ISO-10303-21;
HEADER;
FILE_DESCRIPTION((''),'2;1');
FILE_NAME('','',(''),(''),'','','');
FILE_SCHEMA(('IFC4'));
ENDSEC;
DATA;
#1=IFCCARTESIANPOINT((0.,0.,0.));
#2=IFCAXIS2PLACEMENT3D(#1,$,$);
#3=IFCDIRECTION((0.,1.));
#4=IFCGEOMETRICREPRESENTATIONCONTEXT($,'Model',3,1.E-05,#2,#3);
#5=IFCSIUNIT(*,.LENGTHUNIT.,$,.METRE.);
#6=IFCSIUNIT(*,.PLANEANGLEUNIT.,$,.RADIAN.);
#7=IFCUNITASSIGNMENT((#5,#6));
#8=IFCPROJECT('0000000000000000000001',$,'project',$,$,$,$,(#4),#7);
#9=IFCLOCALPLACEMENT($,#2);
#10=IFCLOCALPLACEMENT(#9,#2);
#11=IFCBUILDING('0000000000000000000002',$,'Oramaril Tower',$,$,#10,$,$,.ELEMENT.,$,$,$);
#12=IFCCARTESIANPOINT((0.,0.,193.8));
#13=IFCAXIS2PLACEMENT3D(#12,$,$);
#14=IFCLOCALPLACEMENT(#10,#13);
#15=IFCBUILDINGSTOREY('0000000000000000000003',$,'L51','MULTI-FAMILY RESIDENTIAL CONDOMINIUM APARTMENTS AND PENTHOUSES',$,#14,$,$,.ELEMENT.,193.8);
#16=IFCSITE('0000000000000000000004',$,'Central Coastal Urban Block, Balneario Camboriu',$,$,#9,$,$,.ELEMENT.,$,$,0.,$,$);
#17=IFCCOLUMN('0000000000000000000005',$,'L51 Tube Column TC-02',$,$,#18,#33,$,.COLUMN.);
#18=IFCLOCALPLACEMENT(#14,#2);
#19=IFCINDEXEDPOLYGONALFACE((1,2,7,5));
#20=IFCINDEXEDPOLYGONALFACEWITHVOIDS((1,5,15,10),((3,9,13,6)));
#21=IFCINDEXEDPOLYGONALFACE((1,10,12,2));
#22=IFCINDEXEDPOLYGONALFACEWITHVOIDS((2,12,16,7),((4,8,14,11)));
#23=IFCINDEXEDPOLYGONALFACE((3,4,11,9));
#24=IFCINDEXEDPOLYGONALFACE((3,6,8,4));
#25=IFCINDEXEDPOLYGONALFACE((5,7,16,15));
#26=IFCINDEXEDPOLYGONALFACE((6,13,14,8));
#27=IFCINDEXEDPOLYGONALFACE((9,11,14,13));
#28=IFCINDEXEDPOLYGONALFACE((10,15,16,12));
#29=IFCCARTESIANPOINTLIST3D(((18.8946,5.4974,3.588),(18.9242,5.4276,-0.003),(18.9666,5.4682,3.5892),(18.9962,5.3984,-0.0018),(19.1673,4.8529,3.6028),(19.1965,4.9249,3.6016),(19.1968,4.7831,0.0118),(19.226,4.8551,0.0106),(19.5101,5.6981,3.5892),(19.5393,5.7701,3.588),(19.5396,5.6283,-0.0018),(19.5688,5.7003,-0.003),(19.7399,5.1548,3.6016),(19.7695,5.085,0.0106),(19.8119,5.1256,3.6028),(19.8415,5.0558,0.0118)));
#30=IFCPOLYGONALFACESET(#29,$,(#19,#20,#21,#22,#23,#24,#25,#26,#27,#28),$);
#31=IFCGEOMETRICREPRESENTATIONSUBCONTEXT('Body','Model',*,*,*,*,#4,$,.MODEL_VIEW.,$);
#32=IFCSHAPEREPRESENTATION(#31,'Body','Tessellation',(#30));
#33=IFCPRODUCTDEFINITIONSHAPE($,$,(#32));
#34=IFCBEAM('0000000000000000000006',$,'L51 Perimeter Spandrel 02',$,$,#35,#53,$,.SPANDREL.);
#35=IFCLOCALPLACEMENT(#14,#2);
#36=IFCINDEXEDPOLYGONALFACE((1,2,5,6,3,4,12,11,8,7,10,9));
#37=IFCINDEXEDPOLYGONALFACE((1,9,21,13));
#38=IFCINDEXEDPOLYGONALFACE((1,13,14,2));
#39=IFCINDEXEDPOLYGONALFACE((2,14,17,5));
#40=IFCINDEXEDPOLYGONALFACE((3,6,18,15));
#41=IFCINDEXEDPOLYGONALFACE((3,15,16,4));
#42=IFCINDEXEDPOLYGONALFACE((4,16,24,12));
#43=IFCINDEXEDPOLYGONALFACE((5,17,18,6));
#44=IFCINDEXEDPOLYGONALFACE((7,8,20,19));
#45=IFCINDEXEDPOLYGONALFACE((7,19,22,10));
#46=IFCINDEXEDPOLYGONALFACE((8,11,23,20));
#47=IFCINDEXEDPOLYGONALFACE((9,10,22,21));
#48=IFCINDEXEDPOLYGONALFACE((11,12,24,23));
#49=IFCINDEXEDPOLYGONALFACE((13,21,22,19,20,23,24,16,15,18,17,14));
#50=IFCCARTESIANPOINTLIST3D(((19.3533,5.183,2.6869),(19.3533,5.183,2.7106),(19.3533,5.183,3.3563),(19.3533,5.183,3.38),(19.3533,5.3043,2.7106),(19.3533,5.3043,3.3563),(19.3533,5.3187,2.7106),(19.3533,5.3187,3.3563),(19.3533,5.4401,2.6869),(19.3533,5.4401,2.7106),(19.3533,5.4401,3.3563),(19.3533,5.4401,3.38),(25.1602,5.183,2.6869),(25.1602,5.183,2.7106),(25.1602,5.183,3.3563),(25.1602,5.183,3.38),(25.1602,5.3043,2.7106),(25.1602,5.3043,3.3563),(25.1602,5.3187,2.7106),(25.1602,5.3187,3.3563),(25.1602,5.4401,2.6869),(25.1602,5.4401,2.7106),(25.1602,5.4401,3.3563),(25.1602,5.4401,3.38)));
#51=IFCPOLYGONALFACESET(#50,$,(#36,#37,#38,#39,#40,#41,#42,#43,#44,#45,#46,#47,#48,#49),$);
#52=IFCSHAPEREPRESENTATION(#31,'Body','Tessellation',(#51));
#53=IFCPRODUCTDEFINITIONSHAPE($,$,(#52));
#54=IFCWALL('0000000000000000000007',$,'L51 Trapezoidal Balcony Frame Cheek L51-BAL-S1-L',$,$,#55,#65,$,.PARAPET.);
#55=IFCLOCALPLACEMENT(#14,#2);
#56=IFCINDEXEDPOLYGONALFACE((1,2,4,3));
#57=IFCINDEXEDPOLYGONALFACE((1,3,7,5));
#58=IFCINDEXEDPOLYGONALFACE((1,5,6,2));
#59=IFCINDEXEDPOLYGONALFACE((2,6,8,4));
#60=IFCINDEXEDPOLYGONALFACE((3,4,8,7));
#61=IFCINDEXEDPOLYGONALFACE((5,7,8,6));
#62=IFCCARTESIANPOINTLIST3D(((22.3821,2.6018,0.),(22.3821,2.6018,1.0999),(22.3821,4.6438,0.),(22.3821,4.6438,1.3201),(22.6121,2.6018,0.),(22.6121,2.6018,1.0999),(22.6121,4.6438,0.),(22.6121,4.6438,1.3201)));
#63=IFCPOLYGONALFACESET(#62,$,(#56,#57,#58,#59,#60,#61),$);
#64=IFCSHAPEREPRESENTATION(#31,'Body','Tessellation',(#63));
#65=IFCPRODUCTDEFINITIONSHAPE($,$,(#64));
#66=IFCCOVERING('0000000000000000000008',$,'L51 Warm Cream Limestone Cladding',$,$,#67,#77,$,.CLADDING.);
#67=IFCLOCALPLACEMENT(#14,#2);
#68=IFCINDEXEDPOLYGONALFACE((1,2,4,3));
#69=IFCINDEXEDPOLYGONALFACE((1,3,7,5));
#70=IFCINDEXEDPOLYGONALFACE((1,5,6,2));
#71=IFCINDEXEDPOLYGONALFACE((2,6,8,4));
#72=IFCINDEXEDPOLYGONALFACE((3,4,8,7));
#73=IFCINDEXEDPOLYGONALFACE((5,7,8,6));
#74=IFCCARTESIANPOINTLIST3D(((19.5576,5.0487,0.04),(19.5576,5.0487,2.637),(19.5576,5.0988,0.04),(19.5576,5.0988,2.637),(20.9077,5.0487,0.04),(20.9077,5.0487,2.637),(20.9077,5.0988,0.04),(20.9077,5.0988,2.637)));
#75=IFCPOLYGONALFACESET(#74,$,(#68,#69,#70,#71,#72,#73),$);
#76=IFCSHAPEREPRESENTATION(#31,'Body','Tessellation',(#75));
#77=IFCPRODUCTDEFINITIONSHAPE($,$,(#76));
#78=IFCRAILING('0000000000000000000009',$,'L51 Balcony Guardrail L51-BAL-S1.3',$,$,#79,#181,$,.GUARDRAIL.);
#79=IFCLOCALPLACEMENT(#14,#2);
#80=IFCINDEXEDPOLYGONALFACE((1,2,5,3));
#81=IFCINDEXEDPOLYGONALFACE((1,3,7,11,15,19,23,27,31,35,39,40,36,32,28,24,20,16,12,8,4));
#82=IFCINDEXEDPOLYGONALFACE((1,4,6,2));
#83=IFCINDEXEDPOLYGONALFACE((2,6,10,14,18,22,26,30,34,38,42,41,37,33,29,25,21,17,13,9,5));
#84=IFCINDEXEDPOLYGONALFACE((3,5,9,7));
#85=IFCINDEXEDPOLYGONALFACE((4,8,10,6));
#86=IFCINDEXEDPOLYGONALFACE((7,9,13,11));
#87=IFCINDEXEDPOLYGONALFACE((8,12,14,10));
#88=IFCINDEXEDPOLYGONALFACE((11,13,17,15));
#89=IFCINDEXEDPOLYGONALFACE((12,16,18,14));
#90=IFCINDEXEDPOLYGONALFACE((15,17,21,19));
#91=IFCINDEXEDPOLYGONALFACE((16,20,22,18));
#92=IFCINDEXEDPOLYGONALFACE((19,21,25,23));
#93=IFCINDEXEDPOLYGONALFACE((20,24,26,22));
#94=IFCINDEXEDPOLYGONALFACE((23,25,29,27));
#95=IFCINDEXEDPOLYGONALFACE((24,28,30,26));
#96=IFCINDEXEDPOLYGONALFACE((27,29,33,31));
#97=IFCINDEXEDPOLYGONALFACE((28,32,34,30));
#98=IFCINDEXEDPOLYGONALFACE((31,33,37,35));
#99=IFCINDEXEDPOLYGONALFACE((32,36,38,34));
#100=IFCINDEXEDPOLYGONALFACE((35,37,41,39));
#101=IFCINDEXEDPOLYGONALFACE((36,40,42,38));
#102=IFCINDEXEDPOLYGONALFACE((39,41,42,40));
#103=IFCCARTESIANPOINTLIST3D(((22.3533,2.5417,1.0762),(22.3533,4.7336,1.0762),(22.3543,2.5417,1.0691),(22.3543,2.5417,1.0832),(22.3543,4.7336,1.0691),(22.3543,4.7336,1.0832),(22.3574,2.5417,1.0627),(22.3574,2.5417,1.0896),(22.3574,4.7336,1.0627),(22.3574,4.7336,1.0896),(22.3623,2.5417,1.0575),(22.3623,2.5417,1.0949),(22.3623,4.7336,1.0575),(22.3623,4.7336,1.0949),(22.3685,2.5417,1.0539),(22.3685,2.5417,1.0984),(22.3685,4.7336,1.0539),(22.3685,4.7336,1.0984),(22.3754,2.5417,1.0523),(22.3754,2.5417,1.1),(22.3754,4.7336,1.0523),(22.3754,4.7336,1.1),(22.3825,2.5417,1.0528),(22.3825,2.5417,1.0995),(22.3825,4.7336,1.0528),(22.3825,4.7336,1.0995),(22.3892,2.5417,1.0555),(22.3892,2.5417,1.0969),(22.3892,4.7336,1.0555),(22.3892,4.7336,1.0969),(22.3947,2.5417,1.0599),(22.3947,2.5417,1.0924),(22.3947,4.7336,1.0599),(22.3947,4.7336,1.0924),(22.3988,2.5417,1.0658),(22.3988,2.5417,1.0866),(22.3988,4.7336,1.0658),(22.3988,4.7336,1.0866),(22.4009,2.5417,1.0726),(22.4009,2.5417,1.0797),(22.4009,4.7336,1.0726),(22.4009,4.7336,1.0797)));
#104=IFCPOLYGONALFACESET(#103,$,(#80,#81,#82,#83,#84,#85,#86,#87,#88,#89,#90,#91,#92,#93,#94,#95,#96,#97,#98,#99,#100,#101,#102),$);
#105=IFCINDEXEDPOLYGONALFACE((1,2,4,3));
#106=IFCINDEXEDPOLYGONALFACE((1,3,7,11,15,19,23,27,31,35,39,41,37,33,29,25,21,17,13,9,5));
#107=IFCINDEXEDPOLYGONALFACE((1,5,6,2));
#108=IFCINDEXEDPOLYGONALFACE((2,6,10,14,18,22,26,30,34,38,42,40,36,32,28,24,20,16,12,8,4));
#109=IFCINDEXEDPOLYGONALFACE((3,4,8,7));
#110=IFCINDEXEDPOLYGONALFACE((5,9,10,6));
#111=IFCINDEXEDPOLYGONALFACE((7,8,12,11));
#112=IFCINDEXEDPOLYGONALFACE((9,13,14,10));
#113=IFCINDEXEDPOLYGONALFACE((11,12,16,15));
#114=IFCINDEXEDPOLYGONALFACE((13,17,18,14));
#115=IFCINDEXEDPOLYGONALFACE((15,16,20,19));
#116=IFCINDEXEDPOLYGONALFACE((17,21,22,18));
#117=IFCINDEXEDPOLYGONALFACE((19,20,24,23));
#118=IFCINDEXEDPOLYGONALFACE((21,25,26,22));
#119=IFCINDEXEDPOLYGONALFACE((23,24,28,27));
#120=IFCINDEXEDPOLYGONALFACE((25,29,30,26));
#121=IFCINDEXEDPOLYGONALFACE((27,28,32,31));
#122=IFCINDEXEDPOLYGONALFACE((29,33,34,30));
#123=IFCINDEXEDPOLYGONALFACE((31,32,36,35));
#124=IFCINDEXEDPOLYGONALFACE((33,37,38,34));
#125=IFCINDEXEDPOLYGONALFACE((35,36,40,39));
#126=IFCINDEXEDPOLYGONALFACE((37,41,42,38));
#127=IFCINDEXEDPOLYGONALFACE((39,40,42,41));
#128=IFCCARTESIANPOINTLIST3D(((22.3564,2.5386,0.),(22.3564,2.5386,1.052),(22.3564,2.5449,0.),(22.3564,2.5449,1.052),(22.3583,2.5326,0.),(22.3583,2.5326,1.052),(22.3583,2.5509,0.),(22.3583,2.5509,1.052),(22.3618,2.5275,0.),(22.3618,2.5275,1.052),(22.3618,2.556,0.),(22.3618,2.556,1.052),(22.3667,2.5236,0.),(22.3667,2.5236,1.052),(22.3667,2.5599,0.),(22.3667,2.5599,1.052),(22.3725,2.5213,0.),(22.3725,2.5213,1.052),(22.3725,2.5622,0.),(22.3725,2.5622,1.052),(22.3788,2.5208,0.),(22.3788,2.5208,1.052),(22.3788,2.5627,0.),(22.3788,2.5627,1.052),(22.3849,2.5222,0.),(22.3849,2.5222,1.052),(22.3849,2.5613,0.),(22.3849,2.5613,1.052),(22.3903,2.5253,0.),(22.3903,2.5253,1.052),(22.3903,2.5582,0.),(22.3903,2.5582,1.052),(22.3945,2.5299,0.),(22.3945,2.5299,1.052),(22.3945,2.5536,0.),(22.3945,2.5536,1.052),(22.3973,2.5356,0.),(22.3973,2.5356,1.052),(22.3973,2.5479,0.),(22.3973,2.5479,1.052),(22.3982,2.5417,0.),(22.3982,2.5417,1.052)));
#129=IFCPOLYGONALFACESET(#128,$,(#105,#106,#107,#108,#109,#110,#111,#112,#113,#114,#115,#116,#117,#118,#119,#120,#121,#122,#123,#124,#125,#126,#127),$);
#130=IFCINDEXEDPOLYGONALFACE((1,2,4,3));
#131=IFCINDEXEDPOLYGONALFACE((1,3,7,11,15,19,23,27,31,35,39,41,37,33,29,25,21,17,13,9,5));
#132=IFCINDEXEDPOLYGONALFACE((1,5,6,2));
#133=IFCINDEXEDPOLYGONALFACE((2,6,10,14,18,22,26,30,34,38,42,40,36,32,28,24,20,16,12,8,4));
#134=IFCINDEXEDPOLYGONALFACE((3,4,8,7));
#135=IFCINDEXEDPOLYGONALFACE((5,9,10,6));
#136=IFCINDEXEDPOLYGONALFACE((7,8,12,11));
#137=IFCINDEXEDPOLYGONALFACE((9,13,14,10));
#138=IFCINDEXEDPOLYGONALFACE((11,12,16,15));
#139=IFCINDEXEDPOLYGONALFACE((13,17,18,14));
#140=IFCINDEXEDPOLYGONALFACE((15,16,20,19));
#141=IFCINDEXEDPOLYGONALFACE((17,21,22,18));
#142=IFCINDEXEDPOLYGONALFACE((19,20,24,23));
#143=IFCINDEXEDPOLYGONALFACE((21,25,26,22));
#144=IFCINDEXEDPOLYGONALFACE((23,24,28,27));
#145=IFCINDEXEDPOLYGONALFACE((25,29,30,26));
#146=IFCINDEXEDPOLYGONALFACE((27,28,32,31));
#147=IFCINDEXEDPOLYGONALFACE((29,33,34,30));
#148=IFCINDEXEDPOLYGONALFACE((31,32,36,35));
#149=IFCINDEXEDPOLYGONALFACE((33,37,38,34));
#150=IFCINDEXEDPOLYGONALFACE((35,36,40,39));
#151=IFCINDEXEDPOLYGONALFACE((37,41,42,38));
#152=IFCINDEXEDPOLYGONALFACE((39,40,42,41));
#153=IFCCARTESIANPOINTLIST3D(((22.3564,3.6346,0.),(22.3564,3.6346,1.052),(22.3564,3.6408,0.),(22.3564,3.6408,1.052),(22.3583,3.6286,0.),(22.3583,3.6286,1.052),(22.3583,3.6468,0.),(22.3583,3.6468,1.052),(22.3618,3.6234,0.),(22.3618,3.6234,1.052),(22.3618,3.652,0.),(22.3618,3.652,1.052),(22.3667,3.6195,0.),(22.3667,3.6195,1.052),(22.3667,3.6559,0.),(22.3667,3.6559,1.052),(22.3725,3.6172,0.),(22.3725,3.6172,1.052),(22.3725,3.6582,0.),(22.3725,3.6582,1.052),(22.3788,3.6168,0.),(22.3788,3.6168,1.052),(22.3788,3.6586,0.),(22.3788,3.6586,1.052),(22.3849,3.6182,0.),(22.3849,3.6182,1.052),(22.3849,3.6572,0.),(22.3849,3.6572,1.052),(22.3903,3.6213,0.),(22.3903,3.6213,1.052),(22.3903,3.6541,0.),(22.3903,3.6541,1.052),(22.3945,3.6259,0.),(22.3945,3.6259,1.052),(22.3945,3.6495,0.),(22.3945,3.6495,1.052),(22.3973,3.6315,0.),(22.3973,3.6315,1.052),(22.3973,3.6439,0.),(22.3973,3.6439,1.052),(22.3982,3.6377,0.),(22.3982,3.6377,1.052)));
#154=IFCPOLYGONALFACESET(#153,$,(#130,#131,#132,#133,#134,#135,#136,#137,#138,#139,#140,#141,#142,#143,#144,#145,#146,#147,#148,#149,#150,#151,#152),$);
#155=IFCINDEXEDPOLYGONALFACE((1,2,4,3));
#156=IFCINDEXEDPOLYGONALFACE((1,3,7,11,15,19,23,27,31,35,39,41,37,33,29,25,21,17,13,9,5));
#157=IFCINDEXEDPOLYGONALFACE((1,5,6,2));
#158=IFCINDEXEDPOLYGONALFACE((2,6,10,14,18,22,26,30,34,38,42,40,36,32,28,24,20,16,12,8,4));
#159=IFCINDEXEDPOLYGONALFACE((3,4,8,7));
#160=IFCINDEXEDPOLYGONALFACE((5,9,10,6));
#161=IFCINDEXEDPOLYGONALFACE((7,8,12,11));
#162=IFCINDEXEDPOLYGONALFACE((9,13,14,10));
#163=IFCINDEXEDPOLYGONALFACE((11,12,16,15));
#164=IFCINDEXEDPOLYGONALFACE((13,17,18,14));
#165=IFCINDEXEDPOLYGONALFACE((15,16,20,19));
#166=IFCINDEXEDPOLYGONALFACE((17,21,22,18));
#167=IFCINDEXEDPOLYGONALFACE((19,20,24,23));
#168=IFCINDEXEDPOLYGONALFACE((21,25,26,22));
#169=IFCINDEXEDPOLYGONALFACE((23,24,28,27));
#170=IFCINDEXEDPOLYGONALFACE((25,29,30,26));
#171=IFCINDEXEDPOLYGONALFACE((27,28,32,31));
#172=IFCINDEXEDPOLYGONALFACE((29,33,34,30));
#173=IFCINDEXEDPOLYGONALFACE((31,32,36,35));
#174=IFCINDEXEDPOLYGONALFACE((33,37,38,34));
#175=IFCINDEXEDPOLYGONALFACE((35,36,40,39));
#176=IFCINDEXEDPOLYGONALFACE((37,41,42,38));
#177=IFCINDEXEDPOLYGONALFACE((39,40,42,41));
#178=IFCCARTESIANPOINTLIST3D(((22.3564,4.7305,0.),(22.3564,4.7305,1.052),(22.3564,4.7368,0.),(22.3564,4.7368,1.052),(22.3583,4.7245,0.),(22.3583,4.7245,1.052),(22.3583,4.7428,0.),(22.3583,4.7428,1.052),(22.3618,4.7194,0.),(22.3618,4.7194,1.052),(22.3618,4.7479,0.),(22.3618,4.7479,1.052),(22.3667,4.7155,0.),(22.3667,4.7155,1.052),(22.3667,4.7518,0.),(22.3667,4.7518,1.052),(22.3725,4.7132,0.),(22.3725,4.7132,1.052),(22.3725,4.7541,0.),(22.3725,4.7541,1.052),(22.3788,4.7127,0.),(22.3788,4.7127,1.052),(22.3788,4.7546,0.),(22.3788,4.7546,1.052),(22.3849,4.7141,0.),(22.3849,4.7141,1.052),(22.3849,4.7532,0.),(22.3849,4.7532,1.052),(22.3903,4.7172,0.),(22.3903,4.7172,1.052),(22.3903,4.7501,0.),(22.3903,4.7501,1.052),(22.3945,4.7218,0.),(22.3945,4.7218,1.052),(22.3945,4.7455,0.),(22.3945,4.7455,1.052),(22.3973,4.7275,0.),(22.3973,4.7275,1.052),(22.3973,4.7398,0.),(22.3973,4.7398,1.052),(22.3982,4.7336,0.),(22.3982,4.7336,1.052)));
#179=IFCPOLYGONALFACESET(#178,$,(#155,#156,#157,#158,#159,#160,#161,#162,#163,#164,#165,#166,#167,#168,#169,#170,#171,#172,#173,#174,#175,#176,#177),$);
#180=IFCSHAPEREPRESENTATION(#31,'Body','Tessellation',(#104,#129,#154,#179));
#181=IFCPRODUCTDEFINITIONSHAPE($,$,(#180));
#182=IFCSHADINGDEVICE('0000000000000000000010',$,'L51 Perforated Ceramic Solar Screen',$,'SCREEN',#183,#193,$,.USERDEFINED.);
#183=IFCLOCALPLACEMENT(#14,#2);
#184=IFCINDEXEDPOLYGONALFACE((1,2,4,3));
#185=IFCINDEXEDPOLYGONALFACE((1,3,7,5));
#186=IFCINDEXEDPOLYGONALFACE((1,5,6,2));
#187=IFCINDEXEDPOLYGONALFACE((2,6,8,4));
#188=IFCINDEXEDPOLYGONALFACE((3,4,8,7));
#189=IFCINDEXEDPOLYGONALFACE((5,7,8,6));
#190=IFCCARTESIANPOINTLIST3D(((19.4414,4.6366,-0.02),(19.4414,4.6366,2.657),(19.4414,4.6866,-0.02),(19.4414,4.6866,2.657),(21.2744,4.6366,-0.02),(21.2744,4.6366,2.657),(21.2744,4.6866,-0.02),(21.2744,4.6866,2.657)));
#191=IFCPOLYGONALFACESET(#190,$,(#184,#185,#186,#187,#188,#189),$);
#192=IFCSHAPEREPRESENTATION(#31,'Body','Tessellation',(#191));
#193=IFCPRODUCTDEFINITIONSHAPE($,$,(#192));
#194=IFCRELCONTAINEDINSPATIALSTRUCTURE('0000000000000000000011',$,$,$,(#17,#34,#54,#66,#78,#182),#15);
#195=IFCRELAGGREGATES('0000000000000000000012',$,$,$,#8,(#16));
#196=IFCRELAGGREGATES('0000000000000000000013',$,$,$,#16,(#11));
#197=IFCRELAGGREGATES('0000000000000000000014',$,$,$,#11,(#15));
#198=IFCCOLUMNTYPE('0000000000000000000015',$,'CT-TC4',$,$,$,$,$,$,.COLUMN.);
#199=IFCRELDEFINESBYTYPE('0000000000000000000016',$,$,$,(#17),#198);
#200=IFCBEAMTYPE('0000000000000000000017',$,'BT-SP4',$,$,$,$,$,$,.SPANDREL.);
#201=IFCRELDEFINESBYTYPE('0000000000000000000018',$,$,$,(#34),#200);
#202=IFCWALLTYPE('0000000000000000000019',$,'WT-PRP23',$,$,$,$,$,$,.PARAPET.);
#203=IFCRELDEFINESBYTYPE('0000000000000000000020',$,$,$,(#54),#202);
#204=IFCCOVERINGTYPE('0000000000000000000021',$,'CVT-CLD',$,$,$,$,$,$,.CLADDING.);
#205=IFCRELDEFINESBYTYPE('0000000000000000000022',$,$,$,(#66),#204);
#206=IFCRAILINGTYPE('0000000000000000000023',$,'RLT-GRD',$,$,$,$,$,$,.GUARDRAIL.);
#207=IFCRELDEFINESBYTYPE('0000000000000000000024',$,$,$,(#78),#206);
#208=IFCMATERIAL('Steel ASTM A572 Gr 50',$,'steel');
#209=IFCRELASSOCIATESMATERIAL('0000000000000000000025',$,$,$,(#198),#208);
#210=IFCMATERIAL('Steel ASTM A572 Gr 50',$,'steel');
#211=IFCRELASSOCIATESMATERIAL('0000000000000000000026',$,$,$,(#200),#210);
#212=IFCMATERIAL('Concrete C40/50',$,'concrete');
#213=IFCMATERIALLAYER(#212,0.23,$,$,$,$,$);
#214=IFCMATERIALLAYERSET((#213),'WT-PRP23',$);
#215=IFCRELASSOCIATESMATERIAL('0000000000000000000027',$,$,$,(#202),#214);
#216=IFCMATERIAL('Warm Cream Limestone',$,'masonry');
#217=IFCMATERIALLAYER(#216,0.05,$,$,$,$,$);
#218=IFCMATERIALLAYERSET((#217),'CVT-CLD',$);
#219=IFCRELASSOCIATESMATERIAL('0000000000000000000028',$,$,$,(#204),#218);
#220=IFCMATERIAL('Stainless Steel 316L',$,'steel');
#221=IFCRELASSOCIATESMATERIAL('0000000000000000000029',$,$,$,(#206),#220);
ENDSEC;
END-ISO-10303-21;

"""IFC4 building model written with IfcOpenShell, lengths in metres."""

from ifc_helpers import new_model, si_unit, direction, frame, origin, origin_2d, place, context, subcontext, project, spatial, polyline, rectangle, hollow_rectangle, circle, i_section, outline, extrude, material, layer, layer_set, material_profile, profile_set, type_object, element, save


model = new_model("IFC4")

# Units and contexts
model_context = context("Model", 3, precision=1e-05, world=origin(), true_north=direction((0.0, 1.0)))
body_context = subcontext(model_context, "Body", "Model", "MODEL_VIEW")
ifc_project = project(units=[si_unit("LENGTHUNIT", "METRE"), si_unit("PLANEANGLEUNIT", "RADIAN")], contexts=[model_context])

# Site, building, storey
site_placement = place(None, origin())
site = spatial("IfcSite", under=ifc_project, at=site_placement, Name="Central Coastal Urban Block, Balneario Camboriu", CompositionType="ELEMENT", RefElevation=0.0)
building_placement = place(site_placement, origin())
building = spatial("IfcBuilding", under=site, at=building_placement, Name="Oramaril Tower", CompositionType="ELEMENT")
storey_placement = place(building_placement, frame((0.0, 0.0, 193.8)))
storey = spatial("IfcBuildingStorey", under=building, at=storey_placement, Name="L51", Description="MULTI-FAMILY RESIDENTIAL CONDOMINIUM APARTMENTS AND PENTHOUSES", CompositionType="ELEMENT", Elevation=193.8)

# Column
ifc_material_1 = material(Name="Steel ASTM A572 Gr 50", Category="steel")
ifc_material_profile_1 = material_profile(ifc_material_1, hollow_rectangle(XDim=0.7, YDim=0.7, WallThickness=0.0549, at=origin_2d()), Name="BOX700X700X55")
ifc_profile_set_1 = profile_set([ifc_material_profile_1], Name="Steel ASTM A572 Gr 50")
column_type = type_object("IfcColumnType", Name="CT-TC4", PredefinedType="COLUMN", material=ifc_profile_set_1)
column_placement = place(storey_placement, frame((19.3828, 5.2417, 0.0044), z_axis=(-0.008224, 0.01944, 0.999777), x_axis=(-0.920967, -0.38964, 0.0)))
element("IfcColumn", 1, at=column_placement, inside=storey, type_object=column_type, Name="L51 Tube Column TC-02", PredefinedType="COLUMN", context=body_context, shape_type="SweptSolid", body=[
    extrude(hollow_rectangle(XDim=0.7, YDim=0.7, WallThickness=0.0549, at=origin_2d()), origin(), (0.0, 0.0, 1.0), 3.5918),
])

# Beam
ifc_material_2 = material(Name="Steel ASTM A572 Gr 50", Category="steel")
ifc_material_profile_2 = material_profile(ifc_material_2, i_section(OverallWidth=0.2571, OverallDepth=0.6931, WebThickness=0.0144, FlangeThickness=0.0237, at=origin_2d()), Name="W27X114")
ifc_profile_set_2 = profile_set([ifc_material_profile_2], Name="Steel ASTM A572 Gr 50")
beam_type = type_object("IfcBeamType", Name="BT-SP4", PredefinedType="SPANDREL", material=ifc_profile_set_2)
beam_placement = place(storey_placement, frame((19.3533, 5.3115, 3.0334), z_axis=(1.0, 0.0, 0.0), x_axis=(0.0, 1.0, 0.0)))
element("IfcBeam", 2, at=beam_placement, inside=storey, type_object=beam_type, Name="L51 Perimeter Spandrel 02", PredefinedType="SPANDREL", context=body_context, shape_type="SweptSolid", body=[
    extrude(i_section(OverallWidth=0.2571, OverallDepth=0.6931, WebThickness=0.0144, FlangeThickness=0.0237, at=origin_2d()), origin(), (0.0, 0.0, 1.0), 5.8069),
])

# Wall
ifc_material_3 = material(Name="Concrete C40/50", Category="concrete")
ifc_layer_1 = layer(ifc_material_3, 0.23)
ifc_layer_set_1 = layer_set([ifc_layer_1], Name="WT-PRP23")
wall_type_1 = type_object("IfcWallType", Name="WT-PRP23", PredefinedType="PARAPET", material=ifc_layer_set_1)
wall_1_placement = place(storey_placement, frame((22.4971, 4.6438, 0.0), z_axis=(0.0, 0.0, 1.0), x_axis=(0.0, -1.0, 0.0)))
element("IfcWall", 3, at=wall_1_placement, inside=storey, type_object=wall_type_1, Name="L51 Trapezoidal Balcony Frame Cheek L51-BAL-S1-L", PredefinedType="PARAPET", context=body_context, shape_type="SweptSolid", body=[
    extrude(outline(polyline([(0.0, 0.0), (2.042, 0.0), (2.042, 1.0999), (0.0, 1.3201), (0.0, 0.0)])), frame((0.0, 0.115, 0.0), z_axis=(0.0, -1.0, 0.0), x_axis=(1.0, 0.0, 0.0)), (0.0, 0.0, 1.0), 0.23),
])

# Covering
ifc_material_4 = material(Name="Warm Cream Limestone", Category="masonry")
ifc_layer_2 = layer(ifc_material_4, 0.05)
ifc_layer_set_2 = layer_set([ifc_layer_2], Name="CVT-CLD")
covering_type = type_object("IfcCoveringType", Name="CVT-CLD", PredefinedType="CLADDING", material=ifc_layer_set_2)
covering_placement = place(storey_placement, frame((20.2327, 5.0737, 0.04), z_axis=(0.0, 0.0, 1.0), x_axis=(1.0, 0.0, 0.0)))
element("IfcCovering", 4, at=covering_placement, inside=storey, type_object=covering_type, Name="L51 Warm Cream Limestone Cladding", PredefinedType="CLADDING", context=body_context, shape_type="SweptSolid", body=[
    extrude(rectangle(XDim=1.3501, YDim=0.05, at=origin_2d()), origin(), (0.0, 0.0, 1.0), 2.5969),
])

# Railing
ifc_material_5 = material(Name="Stainless Steel 316L", Category="steel")
railing_type = type_object("IfcRailingType", Name="RLT-GRD", PredefinedType="GUARDRAIL", material=ifc_material_5)
railing_placement = place(storey_placement, frame((22.3772, 2.5417, 0.0)))
element("IfcRailing", 5, at=railing_placement, inside=storey, type_object=railing_type, Name="L51 Balcony Guardrail L51-BAL-S1.3", PredefinedType="GUARDRAIL", context=body_context, shape_type="SweptSolid", body=[
    extrude(circle(Radius=0.0239, at=origin_2d()), frame((0.0, 0.0, 1.0762), z_axis=(0.0, 1.0, 0.0), x_axis=(-1.0, 0.0, 0.0)), (0.0, 0.0, 1.0), 2.1919),
    extrude(circle(Radius=0.021, at=origin_2d()), origin(), (0.0, 0.0, 1.0), 1.052),
    extrude(circle(Radius=0.021, at=origin_2d()), frame((0.0, 1.0959, 0.0)), (0.0, 0.0, 1.0), 1.052),
    extrude(circle(Radius=0.021, at=origin_2d()), frame((0.0, 2.1919, 0.0)), (0.0, 0.0, 1.0), 1.052),
])

# Shading device
shading_device_placement = place(storey_placement, frame((20.3579, 4.6616, -0.02), z_axis=(0.0, 0.0, 1.0), x_axis=(1.0, 0.0, 0.0)))
element("IfcShadingDevice", 6, at=shading_device_placement, inside=storey, Name="L51 Perforated Ceramic Solar Screen", ObjectType="SCREEN", PredefinedType="USERDEFINED", context=body_context, shape_type="SweptSolid", body=[
    extrude(rectangle(XDim=1.833, YDim=0.05, at=origin_2d()), origin(), (0.0, 0.0, 1.0), 2.677),
])

save(model, "model.ifc")
